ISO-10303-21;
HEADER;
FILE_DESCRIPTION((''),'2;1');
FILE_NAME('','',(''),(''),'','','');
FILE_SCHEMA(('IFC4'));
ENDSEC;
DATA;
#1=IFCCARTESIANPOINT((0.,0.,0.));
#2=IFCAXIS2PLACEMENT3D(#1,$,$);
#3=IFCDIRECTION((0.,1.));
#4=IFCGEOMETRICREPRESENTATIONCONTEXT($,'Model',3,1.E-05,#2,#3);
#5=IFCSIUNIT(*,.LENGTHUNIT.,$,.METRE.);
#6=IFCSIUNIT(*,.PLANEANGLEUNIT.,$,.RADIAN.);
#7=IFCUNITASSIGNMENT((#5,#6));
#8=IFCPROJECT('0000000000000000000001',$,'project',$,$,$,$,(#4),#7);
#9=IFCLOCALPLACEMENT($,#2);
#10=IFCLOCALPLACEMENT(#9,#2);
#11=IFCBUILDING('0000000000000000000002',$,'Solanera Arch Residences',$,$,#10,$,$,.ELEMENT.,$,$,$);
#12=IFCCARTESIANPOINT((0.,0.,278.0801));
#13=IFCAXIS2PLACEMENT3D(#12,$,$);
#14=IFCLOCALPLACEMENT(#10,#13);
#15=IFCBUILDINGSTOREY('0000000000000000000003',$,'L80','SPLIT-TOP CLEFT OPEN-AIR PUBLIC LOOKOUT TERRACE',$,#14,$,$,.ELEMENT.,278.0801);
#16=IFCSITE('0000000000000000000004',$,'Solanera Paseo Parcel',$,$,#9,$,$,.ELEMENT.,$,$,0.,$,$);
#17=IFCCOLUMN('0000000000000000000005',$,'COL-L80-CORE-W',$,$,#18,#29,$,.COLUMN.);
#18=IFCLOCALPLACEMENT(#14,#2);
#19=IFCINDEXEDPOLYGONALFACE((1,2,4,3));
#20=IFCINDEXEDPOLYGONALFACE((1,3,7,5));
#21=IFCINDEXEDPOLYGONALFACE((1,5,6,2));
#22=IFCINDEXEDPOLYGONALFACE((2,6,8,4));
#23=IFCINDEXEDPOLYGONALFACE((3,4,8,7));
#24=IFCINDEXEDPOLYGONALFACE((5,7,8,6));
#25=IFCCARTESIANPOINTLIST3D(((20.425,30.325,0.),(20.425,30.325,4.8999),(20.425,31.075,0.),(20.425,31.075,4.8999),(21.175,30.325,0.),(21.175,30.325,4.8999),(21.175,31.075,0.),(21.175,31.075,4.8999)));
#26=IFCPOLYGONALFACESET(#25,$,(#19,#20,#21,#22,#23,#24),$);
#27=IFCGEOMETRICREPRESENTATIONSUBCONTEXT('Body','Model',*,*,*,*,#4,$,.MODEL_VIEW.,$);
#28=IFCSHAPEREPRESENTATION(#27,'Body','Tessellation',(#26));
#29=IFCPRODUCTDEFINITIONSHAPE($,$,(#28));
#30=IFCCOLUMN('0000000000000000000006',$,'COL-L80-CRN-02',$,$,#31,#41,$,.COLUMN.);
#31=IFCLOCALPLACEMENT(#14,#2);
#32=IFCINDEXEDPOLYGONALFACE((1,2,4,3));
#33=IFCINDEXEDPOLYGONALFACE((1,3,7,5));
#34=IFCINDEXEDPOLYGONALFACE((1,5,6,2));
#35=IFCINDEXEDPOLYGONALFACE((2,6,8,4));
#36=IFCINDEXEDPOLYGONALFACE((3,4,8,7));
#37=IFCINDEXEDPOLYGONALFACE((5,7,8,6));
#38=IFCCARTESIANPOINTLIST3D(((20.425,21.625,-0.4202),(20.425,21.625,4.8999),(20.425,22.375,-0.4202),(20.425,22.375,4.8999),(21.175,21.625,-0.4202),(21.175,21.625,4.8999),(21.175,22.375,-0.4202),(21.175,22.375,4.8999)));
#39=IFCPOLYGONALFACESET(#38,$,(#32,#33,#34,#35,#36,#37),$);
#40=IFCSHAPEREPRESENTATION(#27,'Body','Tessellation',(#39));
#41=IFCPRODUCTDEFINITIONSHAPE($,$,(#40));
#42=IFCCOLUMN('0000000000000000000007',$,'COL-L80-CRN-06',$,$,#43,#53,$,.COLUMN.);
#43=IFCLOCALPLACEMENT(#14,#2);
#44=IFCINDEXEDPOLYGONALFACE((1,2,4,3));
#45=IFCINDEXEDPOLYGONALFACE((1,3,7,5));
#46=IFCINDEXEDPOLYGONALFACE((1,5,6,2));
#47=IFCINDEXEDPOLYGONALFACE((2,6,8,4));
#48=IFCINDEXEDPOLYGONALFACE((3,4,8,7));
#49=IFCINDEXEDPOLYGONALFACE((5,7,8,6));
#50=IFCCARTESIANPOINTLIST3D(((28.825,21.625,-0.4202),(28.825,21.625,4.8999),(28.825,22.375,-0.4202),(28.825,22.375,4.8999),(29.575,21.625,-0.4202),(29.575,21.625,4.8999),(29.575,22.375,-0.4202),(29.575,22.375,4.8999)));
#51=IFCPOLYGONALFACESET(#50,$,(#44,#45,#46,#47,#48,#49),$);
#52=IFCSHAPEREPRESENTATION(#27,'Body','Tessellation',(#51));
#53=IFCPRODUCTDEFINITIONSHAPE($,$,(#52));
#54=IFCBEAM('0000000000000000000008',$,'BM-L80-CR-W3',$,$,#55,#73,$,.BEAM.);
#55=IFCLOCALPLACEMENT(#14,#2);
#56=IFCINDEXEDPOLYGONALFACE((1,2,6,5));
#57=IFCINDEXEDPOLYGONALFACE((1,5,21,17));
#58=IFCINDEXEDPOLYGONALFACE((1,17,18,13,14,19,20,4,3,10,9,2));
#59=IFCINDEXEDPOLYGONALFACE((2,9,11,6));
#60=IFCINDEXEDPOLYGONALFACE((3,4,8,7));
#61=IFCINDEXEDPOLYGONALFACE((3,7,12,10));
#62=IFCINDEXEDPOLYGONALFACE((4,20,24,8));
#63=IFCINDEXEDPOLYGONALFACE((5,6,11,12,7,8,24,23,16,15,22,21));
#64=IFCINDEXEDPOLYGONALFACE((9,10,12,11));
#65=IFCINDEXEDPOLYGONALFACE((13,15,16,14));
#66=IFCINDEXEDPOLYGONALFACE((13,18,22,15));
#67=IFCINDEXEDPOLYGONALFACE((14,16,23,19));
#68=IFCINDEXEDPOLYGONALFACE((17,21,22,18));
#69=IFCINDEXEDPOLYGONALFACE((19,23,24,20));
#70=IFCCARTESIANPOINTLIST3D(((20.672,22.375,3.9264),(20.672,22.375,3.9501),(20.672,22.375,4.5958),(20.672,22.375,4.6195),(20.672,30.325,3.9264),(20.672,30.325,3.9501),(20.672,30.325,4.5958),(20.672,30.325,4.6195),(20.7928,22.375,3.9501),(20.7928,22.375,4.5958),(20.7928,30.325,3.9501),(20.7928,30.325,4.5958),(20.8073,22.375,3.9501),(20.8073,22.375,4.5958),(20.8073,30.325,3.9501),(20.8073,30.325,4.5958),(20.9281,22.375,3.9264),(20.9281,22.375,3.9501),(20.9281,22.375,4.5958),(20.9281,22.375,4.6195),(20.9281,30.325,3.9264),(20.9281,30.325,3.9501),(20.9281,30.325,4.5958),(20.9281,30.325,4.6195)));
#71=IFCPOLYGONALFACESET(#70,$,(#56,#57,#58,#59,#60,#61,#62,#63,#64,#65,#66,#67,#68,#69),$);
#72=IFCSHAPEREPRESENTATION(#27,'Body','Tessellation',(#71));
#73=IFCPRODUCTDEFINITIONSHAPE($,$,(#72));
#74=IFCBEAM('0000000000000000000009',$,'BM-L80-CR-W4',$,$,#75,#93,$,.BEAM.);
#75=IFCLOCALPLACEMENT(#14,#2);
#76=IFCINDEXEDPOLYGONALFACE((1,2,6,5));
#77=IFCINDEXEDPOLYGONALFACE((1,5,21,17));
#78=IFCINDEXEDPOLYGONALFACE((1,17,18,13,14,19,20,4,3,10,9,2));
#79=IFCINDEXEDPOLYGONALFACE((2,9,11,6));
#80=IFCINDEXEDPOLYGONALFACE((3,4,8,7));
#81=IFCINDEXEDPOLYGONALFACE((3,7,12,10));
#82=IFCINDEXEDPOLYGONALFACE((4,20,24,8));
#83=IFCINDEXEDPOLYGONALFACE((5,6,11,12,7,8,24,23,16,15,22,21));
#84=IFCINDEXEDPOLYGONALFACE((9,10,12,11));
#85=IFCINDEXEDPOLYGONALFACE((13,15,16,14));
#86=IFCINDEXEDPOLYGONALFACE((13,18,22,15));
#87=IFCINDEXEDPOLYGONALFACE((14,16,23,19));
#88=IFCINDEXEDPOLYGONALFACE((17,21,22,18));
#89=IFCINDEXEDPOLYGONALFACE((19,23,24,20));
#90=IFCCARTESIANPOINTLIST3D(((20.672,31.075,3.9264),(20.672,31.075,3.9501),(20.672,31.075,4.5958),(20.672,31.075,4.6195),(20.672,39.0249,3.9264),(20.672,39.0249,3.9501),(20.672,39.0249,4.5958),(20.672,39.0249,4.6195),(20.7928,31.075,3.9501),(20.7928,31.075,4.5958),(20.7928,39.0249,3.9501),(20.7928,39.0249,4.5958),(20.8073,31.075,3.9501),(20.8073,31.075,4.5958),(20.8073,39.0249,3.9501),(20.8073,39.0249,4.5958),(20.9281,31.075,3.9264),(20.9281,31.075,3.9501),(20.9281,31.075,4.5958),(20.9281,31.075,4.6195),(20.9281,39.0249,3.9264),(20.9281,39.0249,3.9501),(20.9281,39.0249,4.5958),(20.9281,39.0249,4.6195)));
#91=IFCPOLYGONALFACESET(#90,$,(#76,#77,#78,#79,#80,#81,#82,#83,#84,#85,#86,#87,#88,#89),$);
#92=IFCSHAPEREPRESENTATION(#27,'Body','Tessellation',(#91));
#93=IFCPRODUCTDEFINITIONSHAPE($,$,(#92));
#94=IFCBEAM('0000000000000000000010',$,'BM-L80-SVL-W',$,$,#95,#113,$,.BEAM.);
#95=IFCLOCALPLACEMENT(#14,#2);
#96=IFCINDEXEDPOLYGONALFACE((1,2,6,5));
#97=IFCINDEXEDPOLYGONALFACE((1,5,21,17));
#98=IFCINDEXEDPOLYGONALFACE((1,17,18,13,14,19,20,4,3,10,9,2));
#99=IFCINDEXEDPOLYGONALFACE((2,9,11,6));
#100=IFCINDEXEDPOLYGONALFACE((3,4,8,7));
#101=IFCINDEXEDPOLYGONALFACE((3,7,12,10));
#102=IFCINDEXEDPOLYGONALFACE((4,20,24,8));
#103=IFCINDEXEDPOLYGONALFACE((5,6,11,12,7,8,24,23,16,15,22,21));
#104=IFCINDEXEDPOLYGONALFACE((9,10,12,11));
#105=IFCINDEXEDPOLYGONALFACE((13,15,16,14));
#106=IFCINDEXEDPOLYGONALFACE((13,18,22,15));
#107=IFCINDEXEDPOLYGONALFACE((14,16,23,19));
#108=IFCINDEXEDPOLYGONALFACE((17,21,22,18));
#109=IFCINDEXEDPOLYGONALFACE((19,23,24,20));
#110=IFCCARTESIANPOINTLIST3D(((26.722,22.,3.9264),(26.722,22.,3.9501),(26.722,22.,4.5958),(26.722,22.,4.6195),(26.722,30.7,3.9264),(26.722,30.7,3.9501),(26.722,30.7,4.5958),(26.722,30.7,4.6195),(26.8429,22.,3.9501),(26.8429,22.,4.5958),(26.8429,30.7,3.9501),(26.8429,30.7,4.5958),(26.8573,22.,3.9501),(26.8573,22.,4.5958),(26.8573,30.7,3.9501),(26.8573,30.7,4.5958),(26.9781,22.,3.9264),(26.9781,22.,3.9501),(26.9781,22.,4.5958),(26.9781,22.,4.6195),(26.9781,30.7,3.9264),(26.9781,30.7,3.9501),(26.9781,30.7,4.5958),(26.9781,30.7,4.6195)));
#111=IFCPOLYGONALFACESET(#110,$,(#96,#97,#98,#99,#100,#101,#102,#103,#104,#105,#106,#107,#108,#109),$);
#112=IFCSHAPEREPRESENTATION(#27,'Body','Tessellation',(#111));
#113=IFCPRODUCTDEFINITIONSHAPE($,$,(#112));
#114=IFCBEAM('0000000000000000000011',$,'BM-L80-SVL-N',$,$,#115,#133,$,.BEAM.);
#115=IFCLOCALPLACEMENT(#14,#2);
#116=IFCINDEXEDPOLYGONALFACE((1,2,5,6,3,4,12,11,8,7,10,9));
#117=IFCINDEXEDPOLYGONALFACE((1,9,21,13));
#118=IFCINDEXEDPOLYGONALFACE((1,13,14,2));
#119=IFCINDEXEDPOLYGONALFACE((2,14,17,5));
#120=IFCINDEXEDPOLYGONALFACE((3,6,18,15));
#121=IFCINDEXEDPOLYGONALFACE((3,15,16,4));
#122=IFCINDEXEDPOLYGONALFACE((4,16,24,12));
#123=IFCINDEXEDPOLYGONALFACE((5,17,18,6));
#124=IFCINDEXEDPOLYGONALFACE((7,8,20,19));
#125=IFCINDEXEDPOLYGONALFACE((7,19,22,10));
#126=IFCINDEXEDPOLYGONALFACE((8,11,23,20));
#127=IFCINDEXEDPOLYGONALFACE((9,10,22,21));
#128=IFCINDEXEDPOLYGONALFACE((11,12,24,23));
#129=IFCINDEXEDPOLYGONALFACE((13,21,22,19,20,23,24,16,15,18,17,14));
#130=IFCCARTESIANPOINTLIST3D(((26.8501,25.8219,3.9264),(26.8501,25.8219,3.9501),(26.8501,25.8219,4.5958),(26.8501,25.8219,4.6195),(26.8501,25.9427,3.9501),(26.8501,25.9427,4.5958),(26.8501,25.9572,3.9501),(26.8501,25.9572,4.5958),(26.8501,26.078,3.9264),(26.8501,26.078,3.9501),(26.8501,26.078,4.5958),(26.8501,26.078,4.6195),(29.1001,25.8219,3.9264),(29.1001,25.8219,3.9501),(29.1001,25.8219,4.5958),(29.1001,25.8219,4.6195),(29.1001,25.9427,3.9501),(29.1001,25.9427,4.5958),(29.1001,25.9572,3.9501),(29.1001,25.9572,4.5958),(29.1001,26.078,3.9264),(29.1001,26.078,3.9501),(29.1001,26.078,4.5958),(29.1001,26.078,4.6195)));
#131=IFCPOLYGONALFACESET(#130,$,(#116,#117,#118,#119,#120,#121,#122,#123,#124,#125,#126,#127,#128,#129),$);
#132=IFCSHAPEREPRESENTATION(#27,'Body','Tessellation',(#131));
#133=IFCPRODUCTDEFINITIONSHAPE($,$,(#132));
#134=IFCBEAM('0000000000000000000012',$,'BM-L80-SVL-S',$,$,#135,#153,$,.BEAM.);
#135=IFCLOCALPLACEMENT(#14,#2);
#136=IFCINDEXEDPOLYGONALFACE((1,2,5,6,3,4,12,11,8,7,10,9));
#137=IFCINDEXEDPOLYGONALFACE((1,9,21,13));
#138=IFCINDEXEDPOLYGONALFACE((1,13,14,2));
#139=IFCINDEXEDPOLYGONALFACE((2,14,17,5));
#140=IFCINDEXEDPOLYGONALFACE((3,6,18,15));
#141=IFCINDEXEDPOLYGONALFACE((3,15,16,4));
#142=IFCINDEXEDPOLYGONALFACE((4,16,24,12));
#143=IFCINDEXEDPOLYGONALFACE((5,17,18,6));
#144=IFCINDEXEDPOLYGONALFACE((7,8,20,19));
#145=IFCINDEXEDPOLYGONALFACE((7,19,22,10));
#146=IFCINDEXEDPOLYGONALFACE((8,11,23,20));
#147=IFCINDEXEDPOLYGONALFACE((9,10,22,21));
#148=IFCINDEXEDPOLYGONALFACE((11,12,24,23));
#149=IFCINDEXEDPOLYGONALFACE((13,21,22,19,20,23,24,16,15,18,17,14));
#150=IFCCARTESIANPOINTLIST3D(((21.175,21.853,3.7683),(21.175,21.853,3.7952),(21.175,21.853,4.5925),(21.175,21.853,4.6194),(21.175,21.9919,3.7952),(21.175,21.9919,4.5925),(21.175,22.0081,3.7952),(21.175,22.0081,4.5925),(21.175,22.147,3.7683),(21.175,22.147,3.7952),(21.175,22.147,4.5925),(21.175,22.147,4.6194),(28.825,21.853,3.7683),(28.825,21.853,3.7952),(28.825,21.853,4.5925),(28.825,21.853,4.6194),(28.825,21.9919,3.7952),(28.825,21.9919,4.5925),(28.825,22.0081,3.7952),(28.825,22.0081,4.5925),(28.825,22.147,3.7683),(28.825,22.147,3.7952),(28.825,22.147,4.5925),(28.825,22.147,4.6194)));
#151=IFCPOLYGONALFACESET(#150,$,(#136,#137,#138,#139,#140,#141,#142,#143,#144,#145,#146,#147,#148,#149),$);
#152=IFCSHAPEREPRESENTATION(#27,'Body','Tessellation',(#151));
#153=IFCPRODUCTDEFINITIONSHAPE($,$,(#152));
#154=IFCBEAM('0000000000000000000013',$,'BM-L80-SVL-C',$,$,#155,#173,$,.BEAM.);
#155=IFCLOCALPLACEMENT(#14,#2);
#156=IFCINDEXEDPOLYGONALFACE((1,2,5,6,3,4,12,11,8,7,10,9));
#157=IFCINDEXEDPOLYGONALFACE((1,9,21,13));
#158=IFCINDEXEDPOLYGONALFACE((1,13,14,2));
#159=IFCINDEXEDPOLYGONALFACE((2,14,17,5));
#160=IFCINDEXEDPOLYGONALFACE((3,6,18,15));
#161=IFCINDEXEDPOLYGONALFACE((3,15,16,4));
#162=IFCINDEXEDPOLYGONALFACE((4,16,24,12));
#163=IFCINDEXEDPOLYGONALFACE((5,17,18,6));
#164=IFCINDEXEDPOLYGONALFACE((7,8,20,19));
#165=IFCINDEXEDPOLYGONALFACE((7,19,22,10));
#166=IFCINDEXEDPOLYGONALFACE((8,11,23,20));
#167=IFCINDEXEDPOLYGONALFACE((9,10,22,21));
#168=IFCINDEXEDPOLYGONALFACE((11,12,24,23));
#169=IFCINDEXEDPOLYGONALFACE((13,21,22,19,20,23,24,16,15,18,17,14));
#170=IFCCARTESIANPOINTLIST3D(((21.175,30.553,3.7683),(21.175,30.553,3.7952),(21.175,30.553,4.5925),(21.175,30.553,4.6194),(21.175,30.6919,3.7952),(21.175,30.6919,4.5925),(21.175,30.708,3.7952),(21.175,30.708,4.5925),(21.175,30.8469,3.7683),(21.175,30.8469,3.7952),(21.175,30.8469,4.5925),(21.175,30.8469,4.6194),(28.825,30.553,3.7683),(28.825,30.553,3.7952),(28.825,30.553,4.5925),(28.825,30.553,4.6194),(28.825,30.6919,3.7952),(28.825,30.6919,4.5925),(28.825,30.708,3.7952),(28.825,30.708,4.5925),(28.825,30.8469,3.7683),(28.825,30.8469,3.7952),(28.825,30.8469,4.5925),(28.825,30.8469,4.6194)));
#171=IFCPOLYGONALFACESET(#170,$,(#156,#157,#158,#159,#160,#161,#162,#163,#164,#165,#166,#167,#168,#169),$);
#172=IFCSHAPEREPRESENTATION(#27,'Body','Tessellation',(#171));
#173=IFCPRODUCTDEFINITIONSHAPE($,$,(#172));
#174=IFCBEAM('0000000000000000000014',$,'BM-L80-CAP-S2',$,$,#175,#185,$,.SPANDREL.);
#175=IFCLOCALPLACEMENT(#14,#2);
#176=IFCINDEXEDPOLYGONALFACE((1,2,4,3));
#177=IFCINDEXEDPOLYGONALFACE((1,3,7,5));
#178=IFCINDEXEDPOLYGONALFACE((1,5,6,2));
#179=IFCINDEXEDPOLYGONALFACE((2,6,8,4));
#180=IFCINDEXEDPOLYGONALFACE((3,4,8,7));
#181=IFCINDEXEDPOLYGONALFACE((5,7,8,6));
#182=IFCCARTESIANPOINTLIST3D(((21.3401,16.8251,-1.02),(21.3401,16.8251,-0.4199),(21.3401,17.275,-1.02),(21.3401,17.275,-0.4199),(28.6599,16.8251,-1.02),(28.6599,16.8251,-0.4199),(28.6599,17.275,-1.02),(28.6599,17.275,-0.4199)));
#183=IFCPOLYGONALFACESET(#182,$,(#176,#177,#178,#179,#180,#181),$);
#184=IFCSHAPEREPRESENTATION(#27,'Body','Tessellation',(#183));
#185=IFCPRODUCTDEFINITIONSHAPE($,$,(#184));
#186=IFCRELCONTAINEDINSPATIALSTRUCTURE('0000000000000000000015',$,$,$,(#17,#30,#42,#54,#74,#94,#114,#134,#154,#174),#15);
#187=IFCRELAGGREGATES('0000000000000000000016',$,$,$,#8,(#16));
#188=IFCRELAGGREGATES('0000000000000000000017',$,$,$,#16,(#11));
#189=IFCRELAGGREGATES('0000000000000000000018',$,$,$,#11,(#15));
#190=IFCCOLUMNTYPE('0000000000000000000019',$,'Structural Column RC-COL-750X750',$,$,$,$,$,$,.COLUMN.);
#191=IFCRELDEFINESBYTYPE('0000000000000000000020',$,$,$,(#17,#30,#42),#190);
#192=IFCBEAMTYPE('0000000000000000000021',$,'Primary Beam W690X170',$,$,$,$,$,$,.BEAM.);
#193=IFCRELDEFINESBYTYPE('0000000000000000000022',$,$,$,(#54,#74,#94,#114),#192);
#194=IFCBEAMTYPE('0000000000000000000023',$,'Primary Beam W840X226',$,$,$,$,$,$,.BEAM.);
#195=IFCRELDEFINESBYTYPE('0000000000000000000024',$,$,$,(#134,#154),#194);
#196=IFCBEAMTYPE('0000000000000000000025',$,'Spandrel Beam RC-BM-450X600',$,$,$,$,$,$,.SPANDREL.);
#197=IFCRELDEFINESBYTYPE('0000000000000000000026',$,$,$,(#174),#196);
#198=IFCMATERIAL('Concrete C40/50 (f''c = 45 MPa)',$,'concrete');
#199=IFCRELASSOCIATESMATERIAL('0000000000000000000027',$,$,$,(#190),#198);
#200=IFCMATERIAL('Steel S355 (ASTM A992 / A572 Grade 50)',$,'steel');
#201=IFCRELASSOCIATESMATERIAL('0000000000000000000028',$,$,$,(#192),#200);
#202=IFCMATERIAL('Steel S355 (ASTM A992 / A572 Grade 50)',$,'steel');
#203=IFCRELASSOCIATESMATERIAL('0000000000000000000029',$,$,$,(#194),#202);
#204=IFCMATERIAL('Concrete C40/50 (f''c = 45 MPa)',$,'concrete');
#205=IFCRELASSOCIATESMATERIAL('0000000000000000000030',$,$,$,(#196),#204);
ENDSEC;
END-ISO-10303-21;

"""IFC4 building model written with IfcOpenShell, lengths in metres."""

from ifc_helpers import new_model, si_unit, direction, frame, origin, origin_2d, place, context, subcontext, project, spatial, rectangle, i_section, extrude, material, material_profile, profile_set, type_object, element, save


model = new_model("IFC4")

# Units and contexts
model_context = context("Model", 3, precision=1e-05, world=origin(), true_north=direction((0.0, 1.0)))
body_context = subcontext(model_context, "Body", "Model", "MODEL_VIEW")
ifc_project = project(units=[si_unit("LENGTHUNIT", "METRE"), si_unit("PLANEANGLEUNIT", "RADIAN")], contexts=[model_context])

# Site, building, storey
site_placement = place(None, origin())
site = spatial("IfcSite", under=ifc_project, at=site_placement, Name="Solanera Paseo Parcel", CompositionType="ELEMENT", RefElevation=0.0)
building_placement = place(site_placement, origin())
building = spatial("IfcBuilding", under=site, at=building_placement, Name="Solanera Arch Residences", CompositionType="ELEMENT")
storey_placement = place(building_placement, frame((0.0, 0.0, 278.0801)))
storey = spatial("IfcBuildingStorey", under=building, at=storey_placement, Name="L80", Description="SPLIT-TOP CLEFT OPEN-AIR PUBLIC LOOKOUT TERRACE", CompositionType="ELEMENT", Elevation=278.0801)

# Columns
ifc_material_1 = material(Name="Concrete C40/50 (f'c = 45 MPa)", Category="concrete")
ifc_material_profile_1 = material_profile(ifc_material_1, rectangle(XDim=0.75, YDim=0.75, at=origin_2d()))
ifc_profile_set_1 = profile_set([ifc_material_profile_1], Name="Concrete C40/50 (f'c = 45 MPa)")
column_type = type_object("IfcColumnType", Name="Structural Column RC-COL-750X750", PredefinedType="COLUMN", material=ifc_profile_set_1)
column_placement = place(storey_placement, frame((20.8, 30.7, 0.0), z_axis=(0.0, 0.0, 1.0), x_axis=(1.0, 0.0, 0.0)))
element("IfcColumn", 1, at=column_placement, inside=storey, type_object=column_type, Name="COL-L80-CORE-W", PredefinedType="COLUMN", context=body_context, shape_type="SweptSolid", body=[
    extrude(rectangle(XDim=0.75, YDim=0.75, at=origin_2d()), origin(), (0.0, 0.0, 1.0), 4.8999),
])
for number, where, z_axis, x_axis, name in (
    (2, (20.8, 22.0, -0.4202), (0.0, 0.0, 1.0), (1.0, 0.0, 0.0), "COL-L80-CRN-02"),
    (3, (29.2, 22.0, -0.4202), (0.0, 0.0, 1.0), (1.0, 0.0, 0.0), "COL-L80-CRN-06"),
):
    element("IfcColumn", number, at=place(storey_placement, frame(where, z_axis=z_axis, x_axis=x_axis)), inside=storey, type_object=column_type, Name=name, PredefinedType="COLUMN", context=body_context, shape_type="SweptSolid", body=[
        extrude(rectangle(XDim=0.75, YDim=0.75, at=origin_2d()), origin(), (0.0, 0.0, 1.0), 5.3201),
    ])

# Beams
ifc_material_2 = material(Name="Steel S355 (ASTM A992 / A572 Grade 50)", Category="steel")
ifc_material_profile_2 = material_profile(ifc_material_2, i_section(OverallWidth=0.2561, OverallDepth=0.6931, WebThickness=0.0144, FlangeThickness=0.0237, at=origin_2d()))
ifc_profile_set_2 = profile_set([ifc_material_profile_2], Name="Steel S355 (ASTM A992 / A572 Grade 50)")
beam_type_1 = type_object("IfcBeamType", Name="Primary Beam W690X170", PredefinedType="BEAM", material=ifc_profile_set_2)
for number, where, z_axis, x_axis, name in (
    (4, (20.8, 22.375, 4.2729), (0.0, 1.0, 0.0), (-1.0, 0.0, 0.0), "BM-L80-CR-W3"),
    (5, (20.8, 31.075, 4.2729), (0.0, 1.0, 0.0), (-1.0, 0.0, 0.0), "BM-L80-CR-W4"),
):
    element("IfcBeam", number, at=place(storey_placement, frame(where, z_axis=z_axis, x_axis=x_axis)), inside=storey, type_object=beam_type_1, Name=name, PredefinedType="BEAM", context=body_context, shape_type="SweptSolid", body=[
        extrude(i_section(OverallWidth=0.2561, OverallDepth=0.6931, WebThickness=0.0144, FlangeThickness=0.0237, at=origin_2d()), origin(), (0.0, 0.0, 1.0), 7.95),
    ])
beam_1_placement = place(storey_placement, frame((26.8501, 22.0, 4.2729), z_axis=(0.0, 1.0, 0.0), x_axis=(-1.0, 0.0, 0.0)))
element("IfcBeam", 6, at=beam_1_placement, inside=storey, type_object=beam_type_1, Name="BM-L80-SVL-W", PredefinedType="BEAM", context=body_context, shape_type="SweptSolid", body=[
    extrude(i_section(OverallWidth=0.2561, OverallDepth=0.6931, WebThickness=0.0144, FlangeThickness=0.0237, at=origin_2d()), origin(), (0.0, 0.0, 1.0), 8.7),
])
beam_2_placement = place(storey_placement, frame((26.8501, 25.95, 4.2729), z_axis=(1.0, 0.0, 0.0), x_axis=(0.0, 1.0, 0.0)))
element("IfcBeam", 7, at=beam_2_placement, inside=storey, type_object=beam_type_1, Name="BM-L80-SVL-N", PredefinedType="BEAM", context=body_context, shape_type="SweptSolid", body=[
    extrude(i_section(OverallWidth=0.2561, OverallDepth=0.6931, WebThickness=0.0144, FlangeThickness=0.0237, at=origin_2d()), origin(), (0.0, 0.0, 1.0), 2.25),
])
ifc_material_3 = material(Name="Steel S355 (ASTM A992 / A572 Grade 50)", Category="steel")
ifc_material_profile_3 = material_profile(ifc_material_3, i_section(OverallWidth=0.2939, OverallDepth=0.8511, WebThickness=0.0161, FlangeThickness=0.0269, at=origin_2d()))
ifc_profile_set_3 = profile_set([ifc_material_profile_3], Name="Steel S355 (ASTM A992 / A572 Grade 50)")
beam_type_2 = type_object("IfcBeamType", Name="Primary Beam W840X226", PredefinedType="BEAM", material=ifc_profile_set_3)
for number, where, z_axis, x_axis, name in (
    (8, (21.175, 22.0, 4.1938), (1.0, 0.0, 0.0), (0.0, 1.0, 0.0), "BM-L80-SVL-S"),
    (9, (21.175, 30.7, 4.1938), (1.0, 0.0, 0.0), (0.0, 1.0, 0.0), "BM-L80-SVL-C"),
):
    element("IfcBeam", number, at=place(storey_placement, frame(where, z_axis=z_axis, x_axis=x_axis)), inside=storey, type_object=beam_type_2, Name=name, PredefinedType="BEAM", context=body_context, shape_type="SweptSolid", body=[
        extrude(i_section(OverallWidth=0.2939, OverallDepth=0.8511, WebThickness=0.0161, FlangeThickness=0.0269, at=origin_2d()), origin(), (0.0, 0.0, 1.0), 7.6499),
    ])
ifc_material_4 = material(Name="Concrete C40/50 (f'c = 45 MPa)", Category="concrete")
ifc_material_profile_4 = material_profile(ifc_material_4, rectangle(XDim=0.45, YDim=0.6001, at=origin_2d()))
ifc_profile_set_4 = profile_set([ifc_material_profile_4], Name="Concrete C40/50 (f'c = 45 MPa)")
beam_type_3 = type_object("IfcBeamType", Name="Spandrel Beam RC-BM-450X600", PredefinedType="SPANDREL", material=ifc_profile_set_4)
beam_3_placement = place(storey_placement, frame((21.3401, 17.05, -0.72), z_axis=(1.0, 0.0, 0.0), x_axis=(0.0, 1.0, 0.0)))
element("IfcBeam", 10, at=beam_3_placement, inside=storey, type_object=beam_type_3, Name="BM-L80-CAP-S2", PredefinedType="SPANDREL", context=body_context, shape_type="SweptSolid", body=[
    extrude(rectangle(XDim=0.45, YDim=0.6001, at=origin_2d()), origin(), (0.0, 0.0, 1.0), 7.3198),
])

save(model, "model.ifc")
